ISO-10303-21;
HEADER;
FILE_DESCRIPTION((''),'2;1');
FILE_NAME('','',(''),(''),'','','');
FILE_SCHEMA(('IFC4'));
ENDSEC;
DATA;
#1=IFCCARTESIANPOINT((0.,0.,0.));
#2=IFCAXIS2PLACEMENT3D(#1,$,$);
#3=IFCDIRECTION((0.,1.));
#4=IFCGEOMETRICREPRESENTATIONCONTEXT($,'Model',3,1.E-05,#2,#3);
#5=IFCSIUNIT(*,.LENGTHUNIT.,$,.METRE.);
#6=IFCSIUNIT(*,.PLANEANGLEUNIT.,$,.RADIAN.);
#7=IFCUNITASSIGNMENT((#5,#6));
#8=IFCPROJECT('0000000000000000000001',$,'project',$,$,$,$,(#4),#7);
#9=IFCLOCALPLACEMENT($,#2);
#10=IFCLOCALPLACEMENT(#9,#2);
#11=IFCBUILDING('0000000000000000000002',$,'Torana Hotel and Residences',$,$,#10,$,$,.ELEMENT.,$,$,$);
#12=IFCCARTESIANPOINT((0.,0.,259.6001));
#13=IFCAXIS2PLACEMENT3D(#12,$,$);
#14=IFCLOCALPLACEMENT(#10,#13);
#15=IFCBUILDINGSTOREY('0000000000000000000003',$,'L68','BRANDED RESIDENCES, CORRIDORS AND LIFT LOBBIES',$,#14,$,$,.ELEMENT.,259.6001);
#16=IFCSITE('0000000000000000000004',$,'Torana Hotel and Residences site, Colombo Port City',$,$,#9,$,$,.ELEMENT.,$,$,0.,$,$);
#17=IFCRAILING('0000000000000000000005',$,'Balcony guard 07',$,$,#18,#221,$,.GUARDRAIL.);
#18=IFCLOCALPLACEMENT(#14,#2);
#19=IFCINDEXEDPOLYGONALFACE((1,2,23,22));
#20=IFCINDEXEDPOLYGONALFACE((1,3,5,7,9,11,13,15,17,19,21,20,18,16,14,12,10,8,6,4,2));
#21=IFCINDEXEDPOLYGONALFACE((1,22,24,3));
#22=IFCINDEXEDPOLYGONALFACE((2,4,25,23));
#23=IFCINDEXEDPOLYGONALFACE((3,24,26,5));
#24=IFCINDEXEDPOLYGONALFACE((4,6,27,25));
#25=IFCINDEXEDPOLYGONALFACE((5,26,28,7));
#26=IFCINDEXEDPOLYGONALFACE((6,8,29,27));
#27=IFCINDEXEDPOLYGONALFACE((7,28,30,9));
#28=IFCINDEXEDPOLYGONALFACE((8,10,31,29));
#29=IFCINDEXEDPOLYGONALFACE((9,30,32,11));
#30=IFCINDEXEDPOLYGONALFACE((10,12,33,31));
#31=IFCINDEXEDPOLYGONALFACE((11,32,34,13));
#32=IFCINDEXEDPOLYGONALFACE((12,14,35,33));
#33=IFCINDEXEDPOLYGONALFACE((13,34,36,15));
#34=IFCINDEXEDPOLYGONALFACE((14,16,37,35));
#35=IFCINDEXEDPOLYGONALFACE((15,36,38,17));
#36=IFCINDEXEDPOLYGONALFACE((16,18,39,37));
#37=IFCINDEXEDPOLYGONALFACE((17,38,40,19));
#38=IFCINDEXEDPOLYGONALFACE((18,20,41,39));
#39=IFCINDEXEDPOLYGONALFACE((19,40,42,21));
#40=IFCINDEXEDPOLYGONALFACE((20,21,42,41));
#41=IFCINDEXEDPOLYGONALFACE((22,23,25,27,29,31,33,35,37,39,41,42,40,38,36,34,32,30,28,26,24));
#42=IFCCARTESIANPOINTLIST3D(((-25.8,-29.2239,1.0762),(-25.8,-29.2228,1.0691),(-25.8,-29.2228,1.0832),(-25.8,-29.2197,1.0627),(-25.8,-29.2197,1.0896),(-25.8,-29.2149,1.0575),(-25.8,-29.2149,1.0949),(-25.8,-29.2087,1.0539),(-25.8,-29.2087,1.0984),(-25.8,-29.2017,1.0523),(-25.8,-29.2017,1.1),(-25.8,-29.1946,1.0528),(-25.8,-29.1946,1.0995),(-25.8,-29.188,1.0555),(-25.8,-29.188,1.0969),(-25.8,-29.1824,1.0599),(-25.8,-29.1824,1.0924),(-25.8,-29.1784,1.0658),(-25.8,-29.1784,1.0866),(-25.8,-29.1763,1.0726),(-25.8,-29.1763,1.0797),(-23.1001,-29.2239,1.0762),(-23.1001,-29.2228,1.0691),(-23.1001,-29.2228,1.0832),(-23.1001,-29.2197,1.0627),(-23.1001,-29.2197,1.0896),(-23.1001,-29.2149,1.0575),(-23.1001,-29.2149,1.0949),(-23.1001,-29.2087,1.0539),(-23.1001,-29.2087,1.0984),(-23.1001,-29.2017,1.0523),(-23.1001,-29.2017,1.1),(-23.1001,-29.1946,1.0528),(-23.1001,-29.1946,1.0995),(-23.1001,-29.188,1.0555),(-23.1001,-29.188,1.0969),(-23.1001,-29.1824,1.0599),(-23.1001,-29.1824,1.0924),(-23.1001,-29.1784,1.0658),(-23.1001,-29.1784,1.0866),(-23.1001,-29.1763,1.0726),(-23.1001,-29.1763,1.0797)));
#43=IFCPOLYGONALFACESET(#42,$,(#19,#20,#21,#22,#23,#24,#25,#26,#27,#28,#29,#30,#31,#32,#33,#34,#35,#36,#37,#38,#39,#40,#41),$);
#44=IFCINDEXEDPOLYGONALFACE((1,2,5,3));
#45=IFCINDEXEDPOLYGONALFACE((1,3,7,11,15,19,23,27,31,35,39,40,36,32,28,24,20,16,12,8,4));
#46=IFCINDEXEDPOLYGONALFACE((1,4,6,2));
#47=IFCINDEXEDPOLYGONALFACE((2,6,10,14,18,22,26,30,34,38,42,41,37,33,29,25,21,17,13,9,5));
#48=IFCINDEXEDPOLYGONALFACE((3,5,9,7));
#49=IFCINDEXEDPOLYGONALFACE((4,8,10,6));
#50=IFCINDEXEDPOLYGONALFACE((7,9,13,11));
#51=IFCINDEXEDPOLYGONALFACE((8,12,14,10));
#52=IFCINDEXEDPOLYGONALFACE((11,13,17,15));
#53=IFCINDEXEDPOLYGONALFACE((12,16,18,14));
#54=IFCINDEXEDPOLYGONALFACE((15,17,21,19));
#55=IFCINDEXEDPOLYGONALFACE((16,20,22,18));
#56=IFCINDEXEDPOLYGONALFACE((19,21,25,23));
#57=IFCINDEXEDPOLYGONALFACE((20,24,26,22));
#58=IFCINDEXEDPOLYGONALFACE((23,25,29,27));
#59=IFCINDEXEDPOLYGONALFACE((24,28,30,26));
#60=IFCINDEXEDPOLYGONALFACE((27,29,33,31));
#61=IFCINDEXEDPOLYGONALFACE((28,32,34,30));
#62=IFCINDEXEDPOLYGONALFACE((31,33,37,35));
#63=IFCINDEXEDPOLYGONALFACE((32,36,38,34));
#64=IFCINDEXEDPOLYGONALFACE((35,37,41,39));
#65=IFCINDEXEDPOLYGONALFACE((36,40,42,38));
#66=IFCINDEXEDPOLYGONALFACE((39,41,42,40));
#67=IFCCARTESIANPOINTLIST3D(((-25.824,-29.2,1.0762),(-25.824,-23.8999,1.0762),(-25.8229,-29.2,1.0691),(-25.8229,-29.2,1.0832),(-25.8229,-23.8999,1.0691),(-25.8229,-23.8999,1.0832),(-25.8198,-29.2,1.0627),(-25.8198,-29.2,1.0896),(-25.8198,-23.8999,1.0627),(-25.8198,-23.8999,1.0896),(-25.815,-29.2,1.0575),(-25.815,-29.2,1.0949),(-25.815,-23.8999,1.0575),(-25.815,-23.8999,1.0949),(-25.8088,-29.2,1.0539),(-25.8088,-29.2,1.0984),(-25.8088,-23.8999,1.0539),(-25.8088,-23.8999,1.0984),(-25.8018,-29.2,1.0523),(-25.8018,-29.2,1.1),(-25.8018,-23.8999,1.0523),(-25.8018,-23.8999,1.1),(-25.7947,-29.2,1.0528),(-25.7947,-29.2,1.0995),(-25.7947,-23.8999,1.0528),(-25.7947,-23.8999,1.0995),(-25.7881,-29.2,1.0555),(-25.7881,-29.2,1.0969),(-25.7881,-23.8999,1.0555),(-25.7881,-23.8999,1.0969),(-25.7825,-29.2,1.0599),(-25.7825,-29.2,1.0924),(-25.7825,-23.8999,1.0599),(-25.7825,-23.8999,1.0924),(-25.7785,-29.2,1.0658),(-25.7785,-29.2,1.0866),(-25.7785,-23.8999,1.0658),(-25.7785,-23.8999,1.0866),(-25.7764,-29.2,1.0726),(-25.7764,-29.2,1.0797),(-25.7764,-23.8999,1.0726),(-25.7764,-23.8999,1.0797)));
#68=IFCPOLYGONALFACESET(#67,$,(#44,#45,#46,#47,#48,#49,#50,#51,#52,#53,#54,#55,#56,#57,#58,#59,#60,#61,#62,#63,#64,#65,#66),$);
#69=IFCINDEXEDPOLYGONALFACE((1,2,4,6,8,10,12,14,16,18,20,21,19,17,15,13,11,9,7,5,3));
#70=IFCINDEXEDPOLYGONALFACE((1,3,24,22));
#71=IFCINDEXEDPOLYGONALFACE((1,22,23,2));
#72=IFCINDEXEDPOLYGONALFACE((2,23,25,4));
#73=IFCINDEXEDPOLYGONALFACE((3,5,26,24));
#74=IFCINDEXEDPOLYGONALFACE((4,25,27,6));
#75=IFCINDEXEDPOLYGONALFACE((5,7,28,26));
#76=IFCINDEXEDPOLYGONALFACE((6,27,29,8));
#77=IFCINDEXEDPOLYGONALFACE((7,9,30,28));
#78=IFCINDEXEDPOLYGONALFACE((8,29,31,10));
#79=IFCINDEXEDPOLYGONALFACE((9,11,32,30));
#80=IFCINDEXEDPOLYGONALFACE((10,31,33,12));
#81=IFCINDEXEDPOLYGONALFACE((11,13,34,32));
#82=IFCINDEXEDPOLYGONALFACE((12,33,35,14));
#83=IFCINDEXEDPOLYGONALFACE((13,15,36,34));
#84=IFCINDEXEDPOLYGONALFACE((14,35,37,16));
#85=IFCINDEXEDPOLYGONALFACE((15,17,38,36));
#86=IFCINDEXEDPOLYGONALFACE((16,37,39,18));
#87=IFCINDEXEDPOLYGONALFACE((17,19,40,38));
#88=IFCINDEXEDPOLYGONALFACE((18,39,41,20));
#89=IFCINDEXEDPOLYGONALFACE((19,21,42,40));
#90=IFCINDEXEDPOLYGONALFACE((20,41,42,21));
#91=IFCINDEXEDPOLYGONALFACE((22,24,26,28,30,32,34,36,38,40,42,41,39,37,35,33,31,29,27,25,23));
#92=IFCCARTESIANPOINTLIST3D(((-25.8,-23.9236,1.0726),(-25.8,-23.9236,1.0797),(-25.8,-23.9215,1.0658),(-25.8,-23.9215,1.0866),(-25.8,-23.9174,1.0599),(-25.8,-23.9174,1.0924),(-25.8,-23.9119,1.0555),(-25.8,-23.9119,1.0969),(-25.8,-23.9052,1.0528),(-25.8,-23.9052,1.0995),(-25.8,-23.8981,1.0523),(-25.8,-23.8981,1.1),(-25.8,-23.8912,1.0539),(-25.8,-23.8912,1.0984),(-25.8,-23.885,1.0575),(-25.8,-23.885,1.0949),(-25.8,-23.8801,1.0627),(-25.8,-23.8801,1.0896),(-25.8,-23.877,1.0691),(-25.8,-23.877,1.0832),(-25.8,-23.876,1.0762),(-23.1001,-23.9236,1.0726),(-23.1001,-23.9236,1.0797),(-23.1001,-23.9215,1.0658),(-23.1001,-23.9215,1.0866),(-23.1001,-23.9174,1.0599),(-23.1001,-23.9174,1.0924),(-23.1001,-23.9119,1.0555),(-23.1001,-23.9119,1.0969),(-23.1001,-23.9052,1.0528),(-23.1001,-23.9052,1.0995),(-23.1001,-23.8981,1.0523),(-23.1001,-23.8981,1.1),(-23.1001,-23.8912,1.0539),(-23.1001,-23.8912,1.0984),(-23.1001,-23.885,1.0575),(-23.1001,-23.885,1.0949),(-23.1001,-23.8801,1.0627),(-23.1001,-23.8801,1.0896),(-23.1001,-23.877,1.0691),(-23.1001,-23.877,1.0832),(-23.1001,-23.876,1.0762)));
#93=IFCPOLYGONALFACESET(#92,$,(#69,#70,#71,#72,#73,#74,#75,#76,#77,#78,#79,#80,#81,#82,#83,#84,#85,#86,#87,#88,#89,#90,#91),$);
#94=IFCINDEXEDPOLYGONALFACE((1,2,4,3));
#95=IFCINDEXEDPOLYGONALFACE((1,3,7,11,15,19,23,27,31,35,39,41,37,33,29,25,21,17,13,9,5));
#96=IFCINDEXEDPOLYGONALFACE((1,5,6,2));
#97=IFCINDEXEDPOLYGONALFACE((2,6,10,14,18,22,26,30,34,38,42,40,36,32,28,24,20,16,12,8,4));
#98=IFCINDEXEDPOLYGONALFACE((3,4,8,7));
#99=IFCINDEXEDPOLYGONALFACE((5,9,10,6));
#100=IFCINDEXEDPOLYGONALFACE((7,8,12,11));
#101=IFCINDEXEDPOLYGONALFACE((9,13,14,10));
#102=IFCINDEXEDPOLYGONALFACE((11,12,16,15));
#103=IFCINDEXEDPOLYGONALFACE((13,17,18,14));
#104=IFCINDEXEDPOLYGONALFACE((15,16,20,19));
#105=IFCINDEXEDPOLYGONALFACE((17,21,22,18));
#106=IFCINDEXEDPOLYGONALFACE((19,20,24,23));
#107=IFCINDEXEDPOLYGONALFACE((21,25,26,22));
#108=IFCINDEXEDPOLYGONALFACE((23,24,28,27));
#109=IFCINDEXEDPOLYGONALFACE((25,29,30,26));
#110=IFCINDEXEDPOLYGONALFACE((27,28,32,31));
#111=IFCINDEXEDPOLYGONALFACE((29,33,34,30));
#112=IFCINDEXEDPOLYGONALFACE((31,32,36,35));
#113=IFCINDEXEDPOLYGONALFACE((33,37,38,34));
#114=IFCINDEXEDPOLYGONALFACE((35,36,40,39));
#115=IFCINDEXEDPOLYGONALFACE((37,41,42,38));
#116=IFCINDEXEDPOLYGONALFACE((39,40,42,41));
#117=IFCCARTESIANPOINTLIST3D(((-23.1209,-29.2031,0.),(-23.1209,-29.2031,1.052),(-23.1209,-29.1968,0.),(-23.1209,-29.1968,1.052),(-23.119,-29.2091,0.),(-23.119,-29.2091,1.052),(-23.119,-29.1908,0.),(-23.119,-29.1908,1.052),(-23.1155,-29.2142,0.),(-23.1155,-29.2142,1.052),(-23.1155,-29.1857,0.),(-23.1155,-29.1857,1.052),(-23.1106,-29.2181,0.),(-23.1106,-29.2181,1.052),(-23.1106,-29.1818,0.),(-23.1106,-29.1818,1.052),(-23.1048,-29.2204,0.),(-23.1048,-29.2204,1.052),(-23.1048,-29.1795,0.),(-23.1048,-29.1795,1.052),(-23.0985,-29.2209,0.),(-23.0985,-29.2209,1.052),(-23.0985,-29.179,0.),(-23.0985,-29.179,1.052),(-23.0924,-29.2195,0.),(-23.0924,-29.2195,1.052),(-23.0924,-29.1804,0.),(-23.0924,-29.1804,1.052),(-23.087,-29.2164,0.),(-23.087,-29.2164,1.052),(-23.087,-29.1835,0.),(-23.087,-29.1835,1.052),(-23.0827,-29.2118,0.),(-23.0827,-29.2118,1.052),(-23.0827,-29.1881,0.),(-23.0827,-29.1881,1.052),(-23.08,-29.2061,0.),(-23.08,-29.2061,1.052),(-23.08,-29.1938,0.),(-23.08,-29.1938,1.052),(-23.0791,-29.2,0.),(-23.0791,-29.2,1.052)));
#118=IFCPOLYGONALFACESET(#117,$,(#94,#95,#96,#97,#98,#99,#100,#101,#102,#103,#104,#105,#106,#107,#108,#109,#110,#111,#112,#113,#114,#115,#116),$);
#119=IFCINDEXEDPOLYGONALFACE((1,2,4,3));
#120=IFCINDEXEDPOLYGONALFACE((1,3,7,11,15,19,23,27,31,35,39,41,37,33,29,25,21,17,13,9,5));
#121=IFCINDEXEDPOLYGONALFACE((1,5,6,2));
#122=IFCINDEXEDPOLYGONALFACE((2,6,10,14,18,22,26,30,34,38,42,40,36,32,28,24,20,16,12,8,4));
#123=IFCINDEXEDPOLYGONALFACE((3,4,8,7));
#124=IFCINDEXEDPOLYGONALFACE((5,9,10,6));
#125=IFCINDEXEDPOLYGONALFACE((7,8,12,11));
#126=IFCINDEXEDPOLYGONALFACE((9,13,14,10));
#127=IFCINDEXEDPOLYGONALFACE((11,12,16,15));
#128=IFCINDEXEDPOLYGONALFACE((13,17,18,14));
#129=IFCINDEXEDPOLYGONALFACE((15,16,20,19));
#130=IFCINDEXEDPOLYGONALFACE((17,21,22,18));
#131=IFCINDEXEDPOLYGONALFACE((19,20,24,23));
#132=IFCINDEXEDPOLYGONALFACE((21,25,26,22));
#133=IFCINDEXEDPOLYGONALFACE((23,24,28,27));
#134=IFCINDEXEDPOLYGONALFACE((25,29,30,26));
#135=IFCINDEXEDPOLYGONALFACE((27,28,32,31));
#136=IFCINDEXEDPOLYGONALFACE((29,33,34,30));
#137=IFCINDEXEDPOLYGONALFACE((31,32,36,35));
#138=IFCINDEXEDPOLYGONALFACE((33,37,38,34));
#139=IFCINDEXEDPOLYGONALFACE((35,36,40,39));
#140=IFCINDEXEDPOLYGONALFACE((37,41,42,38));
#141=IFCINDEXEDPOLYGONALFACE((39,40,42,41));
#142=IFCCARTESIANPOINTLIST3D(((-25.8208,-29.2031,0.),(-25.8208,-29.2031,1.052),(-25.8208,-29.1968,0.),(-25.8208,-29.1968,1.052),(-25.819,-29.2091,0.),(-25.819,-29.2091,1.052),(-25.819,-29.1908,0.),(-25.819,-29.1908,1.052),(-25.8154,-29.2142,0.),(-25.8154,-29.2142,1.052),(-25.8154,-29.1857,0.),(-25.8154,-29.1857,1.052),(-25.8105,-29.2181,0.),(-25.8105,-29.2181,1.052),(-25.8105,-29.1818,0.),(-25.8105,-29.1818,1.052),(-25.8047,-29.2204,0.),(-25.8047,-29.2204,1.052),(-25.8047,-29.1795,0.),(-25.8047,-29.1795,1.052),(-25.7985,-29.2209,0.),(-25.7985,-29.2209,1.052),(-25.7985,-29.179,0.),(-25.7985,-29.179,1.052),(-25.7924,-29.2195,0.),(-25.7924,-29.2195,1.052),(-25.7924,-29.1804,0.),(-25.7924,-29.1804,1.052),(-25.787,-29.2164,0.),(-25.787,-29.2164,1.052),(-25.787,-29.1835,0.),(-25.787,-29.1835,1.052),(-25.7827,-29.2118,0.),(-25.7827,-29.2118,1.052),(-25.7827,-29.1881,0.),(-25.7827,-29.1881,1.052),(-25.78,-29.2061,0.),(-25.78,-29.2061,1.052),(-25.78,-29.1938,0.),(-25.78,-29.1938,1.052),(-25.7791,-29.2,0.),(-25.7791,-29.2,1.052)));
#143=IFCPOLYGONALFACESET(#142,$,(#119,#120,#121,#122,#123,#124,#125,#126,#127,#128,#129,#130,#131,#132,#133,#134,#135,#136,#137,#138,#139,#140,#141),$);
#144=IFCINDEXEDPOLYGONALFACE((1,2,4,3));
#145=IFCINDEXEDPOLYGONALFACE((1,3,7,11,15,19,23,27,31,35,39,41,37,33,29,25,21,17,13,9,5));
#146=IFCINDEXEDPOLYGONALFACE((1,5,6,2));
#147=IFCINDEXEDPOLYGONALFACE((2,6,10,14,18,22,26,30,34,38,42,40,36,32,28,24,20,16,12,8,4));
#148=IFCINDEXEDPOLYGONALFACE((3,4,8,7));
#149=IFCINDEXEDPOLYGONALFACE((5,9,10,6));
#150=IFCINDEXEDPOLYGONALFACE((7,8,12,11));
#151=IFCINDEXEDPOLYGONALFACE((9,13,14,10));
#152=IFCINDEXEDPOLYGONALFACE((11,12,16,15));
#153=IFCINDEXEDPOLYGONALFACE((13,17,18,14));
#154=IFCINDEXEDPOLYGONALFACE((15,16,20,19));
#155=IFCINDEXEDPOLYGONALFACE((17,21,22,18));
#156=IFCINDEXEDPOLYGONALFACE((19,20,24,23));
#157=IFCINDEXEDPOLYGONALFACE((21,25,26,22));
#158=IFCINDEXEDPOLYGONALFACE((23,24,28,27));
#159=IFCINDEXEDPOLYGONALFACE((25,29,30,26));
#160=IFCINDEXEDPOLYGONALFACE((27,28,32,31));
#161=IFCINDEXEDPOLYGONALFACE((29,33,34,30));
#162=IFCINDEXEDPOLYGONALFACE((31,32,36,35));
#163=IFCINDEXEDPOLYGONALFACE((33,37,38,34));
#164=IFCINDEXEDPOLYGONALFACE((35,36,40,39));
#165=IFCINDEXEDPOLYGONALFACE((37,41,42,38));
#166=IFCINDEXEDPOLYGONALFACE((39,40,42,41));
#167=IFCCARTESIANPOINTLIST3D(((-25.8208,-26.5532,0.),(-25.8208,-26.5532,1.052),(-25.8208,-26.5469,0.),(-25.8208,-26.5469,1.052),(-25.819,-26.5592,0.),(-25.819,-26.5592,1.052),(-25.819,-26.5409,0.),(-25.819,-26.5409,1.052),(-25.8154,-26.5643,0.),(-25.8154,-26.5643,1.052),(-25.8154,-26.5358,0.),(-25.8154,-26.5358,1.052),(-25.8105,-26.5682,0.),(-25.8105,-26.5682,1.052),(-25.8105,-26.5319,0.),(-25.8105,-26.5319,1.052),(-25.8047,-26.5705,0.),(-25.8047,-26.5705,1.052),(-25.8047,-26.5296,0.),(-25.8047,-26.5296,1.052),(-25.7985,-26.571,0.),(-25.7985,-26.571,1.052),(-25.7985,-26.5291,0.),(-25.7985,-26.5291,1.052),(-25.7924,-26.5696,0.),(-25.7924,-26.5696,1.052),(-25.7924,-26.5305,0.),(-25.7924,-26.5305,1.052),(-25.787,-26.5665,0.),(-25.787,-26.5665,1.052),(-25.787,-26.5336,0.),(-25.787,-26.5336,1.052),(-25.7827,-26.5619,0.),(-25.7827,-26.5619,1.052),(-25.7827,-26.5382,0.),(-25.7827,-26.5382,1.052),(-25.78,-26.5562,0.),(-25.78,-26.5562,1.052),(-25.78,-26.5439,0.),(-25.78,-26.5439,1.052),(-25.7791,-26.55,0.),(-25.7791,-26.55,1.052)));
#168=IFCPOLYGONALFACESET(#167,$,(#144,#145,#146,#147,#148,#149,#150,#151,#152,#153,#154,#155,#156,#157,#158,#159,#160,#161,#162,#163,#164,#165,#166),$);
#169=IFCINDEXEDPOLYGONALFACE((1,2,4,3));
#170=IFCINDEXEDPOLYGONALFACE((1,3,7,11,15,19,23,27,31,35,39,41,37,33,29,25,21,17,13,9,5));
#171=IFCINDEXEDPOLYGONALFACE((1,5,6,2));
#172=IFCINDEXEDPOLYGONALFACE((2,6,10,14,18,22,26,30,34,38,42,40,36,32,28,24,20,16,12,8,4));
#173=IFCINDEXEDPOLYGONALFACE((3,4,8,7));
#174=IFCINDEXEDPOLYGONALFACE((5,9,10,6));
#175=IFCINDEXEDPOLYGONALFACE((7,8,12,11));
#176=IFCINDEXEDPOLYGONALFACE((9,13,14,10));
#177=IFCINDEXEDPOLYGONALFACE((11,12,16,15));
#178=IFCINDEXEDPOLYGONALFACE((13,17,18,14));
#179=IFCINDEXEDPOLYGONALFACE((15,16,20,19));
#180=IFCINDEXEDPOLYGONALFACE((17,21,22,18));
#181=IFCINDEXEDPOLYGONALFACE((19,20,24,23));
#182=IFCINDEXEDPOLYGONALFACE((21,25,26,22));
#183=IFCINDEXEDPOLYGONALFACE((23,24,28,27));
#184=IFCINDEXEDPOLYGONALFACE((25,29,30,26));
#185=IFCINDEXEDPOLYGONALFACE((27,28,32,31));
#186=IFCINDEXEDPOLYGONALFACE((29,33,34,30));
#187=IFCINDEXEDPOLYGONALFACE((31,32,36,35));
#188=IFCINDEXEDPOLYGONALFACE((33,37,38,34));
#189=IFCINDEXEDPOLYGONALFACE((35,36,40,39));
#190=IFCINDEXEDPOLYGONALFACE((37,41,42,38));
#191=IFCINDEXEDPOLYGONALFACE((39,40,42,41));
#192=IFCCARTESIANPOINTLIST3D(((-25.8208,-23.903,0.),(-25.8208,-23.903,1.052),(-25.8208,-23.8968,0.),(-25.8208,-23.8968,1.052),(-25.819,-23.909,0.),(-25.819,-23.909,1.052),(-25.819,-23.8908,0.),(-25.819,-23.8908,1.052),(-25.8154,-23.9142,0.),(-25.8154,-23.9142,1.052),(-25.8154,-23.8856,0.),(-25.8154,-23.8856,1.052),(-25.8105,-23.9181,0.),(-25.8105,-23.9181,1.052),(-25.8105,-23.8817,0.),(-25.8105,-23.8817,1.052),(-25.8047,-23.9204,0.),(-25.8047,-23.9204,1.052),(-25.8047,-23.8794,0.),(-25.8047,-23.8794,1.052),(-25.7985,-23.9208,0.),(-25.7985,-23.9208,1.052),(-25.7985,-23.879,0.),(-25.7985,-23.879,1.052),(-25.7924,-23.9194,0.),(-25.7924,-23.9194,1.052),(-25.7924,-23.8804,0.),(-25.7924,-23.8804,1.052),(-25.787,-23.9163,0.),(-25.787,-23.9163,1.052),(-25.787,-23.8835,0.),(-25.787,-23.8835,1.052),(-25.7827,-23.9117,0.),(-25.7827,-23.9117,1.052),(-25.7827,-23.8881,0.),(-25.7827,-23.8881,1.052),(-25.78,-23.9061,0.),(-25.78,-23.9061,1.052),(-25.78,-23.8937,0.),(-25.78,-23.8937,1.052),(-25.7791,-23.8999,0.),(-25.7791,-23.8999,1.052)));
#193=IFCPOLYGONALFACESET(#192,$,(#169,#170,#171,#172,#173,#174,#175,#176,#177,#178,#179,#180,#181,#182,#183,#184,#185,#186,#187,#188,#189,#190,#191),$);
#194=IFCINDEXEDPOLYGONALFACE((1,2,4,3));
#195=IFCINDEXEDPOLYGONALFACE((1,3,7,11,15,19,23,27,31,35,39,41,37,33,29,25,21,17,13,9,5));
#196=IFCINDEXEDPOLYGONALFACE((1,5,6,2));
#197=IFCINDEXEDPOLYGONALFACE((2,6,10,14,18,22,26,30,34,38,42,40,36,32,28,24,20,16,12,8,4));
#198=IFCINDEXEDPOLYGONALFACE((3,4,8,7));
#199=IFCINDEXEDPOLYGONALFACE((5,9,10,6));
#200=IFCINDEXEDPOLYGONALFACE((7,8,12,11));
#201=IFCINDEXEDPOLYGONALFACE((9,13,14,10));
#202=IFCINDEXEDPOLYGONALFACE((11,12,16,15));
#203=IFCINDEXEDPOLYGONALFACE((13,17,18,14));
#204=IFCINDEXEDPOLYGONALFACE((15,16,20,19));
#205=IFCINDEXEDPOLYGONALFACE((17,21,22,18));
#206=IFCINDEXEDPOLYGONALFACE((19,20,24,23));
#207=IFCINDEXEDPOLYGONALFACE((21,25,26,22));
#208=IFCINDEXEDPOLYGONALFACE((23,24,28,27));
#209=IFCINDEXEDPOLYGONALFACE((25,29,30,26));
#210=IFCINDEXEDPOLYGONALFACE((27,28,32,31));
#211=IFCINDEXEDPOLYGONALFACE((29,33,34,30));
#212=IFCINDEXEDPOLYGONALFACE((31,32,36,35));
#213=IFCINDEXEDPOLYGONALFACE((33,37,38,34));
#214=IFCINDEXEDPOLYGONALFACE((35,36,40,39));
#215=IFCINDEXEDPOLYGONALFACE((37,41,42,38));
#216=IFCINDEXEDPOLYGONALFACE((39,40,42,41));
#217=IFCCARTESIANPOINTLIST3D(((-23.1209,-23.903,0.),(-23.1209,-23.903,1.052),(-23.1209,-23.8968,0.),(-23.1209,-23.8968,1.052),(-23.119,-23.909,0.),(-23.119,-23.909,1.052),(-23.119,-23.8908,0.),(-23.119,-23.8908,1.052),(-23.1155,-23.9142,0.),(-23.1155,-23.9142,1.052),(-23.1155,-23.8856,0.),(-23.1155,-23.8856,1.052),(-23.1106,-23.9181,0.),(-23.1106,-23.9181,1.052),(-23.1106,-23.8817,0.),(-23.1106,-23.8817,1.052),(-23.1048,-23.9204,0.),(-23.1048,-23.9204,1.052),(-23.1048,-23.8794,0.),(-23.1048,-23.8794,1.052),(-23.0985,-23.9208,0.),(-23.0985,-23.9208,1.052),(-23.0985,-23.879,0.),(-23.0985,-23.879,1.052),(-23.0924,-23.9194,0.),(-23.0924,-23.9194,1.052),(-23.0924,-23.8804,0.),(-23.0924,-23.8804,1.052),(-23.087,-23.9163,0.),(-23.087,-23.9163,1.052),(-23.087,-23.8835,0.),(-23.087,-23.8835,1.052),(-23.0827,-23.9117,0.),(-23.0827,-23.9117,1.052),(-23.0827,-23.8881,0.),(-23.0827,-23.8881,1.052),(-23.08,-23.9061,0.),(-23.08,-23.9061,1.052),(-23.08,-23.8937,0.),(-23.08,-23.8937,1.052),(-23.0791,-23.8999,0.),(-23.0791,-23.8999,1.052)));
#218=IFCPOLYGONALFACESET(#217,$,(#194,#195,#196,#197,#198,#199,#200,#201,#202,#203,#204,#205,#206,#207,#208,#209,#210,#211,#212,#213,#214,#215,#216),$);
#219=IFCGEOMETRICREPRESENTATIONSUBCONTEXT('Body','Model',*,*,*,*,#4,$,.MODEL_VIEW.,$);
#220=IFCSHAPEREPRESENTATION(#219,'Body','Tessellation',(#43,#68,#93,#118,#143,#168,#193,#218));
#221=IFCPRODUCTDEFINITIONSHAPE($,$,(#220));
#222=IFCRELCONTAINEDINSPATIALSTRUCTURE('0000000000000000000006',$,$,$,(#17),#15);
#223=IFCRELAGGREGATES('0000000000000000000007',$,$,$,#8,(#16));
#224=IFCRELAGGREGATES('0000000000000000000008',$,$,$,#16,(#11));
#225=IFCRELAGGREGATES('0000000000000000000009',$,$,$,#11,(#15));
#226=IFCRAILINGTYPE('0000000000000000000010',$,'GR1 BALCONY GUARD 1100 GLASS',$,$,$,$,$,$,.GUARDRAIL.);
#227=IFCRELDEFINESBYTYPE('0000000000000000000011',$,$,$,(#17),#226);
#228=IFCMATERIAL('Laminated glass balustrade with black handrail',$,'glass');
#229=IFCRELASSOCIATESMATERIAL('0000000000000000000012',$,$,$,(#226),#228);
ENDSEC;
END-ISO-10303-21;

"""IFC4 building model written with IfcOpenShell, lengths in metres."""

from ifc_helpers import new_model, si_unit, direction, frame, origin, origin_2d, place, context, subcontext, project, spatial, circle, extrude, material, type_object, element, save


model = new_model("IFC4")

# Units and contexts
model_context = context("Model", 3, precision=1e-05, world=origin(), true_north=direction((0.0, 1.0)))
body_context = subcontext(model_context, "Body", "Model", "MODEL_VIEW")
ifc_project = project(units=[si_unit("LENGTHUNIT", "METRE"), si_unit("PLANEANGLEUNIT", "RADIAN")], contexts=[model_context])

# Site, building, storey
site_placement = place(None, origin())
site = spatial("IfcSite", under=ifc_project, at=site_placement, Name="Torana Hotel and Residences site, Colombo Port City", CompositionType="ELEMENT", RefElevation=0.0)
building_placement = place(site_placement, origin())
building = spatial("IfcBuilding", under=site, at=building_placement, Name="Torana Hotel and Residences", CompositionType="ELEMENT")
storey_placement = place(building_placement, frame((0.0, 0.0, 259.6001)))
storey = spatial("IfcBuildingStorey", under=building, at=storey_placement, Name="L68", Description="BRANDED RESIDENCES, CORRIDORS AND LIFT LOBBIES", CompositionType="ELEMENT", Elevation=259.6001)

# Railing
ifc_material_1 = material(Name="Laminated glass balustrade with black handrail", Category="glass")
railing_type = type_object("IfcRailingType", Name="GR1 BALCONY GUARD 1100 GLASS", PredefinedType="GUARDRAIL", material=ifc_material_1)
railing_placement = place(storey_placement, frame((-23.1001, -29.2, 0.0)))
element("IfcRailing", 1, at=railing_placement, inside=storey, type_object=railing_type, Name="Balcony guard 07", PredefinedType="GUARDRAIL", context=body_context, shape_type="SweptSolid", body=[
    extrude(circle(Radius=0.0239, at=origin_2d()), frame((0.0, 0.0, 1.0762), z_axis=(-1.0, 0.0, 0.0), x_axis=(0.0, -1.0, 0.0)), (0.0, 0.0, 1.0), 2.7),
    extrude(circle(Radius=0.0239, at=origin_2d()), frame((-2.7, 0.0, 1.0762), z_axis=(0.0, 1.0, 0.0), x_axis=(-1.0, 0.0, 0.0)), (0.0, 0.0, 1.0), 5.3),
    extrude(circle(Radius=0.0239, at=origin_2d()), frame((-2.7, 5.3, 1.0762), z_axis=(1.0, 0.0, 0.0), x_axis=(0.0, 1.0, 0.0)), (0.0, 0.0, 1.0), 2.7),
    extrude(circle(Radius=0.021, at=origin_2d()), origin(), (0.0, 0.0, 1.0), 1.052),
    extrude(circle(Radius=0.021, at=origin_2d()), frame((-2.7, 0.0, 0.0)), (0.0, 0.0, 1.0), 1.052),
    extrude(circle(Radius=0.021, at=origin_2d()), frame((-2.7, 2.6499, 0.0)), (0.0, 0.0, 1.0), 1.052),
    extrude(circle(Radius=0.021, at=origin_2d()), frame((-2.7, 5.3, 0.0)), (0.0, 0.0, 1.0), 1.052),
    extrude(circle(Radius=0.021, at=origin_2d()), frame((0.0, 5.3, 0.0)), (0.0, 0.0, 1.0), 1.052),
])

save(model, "model.ifc")
